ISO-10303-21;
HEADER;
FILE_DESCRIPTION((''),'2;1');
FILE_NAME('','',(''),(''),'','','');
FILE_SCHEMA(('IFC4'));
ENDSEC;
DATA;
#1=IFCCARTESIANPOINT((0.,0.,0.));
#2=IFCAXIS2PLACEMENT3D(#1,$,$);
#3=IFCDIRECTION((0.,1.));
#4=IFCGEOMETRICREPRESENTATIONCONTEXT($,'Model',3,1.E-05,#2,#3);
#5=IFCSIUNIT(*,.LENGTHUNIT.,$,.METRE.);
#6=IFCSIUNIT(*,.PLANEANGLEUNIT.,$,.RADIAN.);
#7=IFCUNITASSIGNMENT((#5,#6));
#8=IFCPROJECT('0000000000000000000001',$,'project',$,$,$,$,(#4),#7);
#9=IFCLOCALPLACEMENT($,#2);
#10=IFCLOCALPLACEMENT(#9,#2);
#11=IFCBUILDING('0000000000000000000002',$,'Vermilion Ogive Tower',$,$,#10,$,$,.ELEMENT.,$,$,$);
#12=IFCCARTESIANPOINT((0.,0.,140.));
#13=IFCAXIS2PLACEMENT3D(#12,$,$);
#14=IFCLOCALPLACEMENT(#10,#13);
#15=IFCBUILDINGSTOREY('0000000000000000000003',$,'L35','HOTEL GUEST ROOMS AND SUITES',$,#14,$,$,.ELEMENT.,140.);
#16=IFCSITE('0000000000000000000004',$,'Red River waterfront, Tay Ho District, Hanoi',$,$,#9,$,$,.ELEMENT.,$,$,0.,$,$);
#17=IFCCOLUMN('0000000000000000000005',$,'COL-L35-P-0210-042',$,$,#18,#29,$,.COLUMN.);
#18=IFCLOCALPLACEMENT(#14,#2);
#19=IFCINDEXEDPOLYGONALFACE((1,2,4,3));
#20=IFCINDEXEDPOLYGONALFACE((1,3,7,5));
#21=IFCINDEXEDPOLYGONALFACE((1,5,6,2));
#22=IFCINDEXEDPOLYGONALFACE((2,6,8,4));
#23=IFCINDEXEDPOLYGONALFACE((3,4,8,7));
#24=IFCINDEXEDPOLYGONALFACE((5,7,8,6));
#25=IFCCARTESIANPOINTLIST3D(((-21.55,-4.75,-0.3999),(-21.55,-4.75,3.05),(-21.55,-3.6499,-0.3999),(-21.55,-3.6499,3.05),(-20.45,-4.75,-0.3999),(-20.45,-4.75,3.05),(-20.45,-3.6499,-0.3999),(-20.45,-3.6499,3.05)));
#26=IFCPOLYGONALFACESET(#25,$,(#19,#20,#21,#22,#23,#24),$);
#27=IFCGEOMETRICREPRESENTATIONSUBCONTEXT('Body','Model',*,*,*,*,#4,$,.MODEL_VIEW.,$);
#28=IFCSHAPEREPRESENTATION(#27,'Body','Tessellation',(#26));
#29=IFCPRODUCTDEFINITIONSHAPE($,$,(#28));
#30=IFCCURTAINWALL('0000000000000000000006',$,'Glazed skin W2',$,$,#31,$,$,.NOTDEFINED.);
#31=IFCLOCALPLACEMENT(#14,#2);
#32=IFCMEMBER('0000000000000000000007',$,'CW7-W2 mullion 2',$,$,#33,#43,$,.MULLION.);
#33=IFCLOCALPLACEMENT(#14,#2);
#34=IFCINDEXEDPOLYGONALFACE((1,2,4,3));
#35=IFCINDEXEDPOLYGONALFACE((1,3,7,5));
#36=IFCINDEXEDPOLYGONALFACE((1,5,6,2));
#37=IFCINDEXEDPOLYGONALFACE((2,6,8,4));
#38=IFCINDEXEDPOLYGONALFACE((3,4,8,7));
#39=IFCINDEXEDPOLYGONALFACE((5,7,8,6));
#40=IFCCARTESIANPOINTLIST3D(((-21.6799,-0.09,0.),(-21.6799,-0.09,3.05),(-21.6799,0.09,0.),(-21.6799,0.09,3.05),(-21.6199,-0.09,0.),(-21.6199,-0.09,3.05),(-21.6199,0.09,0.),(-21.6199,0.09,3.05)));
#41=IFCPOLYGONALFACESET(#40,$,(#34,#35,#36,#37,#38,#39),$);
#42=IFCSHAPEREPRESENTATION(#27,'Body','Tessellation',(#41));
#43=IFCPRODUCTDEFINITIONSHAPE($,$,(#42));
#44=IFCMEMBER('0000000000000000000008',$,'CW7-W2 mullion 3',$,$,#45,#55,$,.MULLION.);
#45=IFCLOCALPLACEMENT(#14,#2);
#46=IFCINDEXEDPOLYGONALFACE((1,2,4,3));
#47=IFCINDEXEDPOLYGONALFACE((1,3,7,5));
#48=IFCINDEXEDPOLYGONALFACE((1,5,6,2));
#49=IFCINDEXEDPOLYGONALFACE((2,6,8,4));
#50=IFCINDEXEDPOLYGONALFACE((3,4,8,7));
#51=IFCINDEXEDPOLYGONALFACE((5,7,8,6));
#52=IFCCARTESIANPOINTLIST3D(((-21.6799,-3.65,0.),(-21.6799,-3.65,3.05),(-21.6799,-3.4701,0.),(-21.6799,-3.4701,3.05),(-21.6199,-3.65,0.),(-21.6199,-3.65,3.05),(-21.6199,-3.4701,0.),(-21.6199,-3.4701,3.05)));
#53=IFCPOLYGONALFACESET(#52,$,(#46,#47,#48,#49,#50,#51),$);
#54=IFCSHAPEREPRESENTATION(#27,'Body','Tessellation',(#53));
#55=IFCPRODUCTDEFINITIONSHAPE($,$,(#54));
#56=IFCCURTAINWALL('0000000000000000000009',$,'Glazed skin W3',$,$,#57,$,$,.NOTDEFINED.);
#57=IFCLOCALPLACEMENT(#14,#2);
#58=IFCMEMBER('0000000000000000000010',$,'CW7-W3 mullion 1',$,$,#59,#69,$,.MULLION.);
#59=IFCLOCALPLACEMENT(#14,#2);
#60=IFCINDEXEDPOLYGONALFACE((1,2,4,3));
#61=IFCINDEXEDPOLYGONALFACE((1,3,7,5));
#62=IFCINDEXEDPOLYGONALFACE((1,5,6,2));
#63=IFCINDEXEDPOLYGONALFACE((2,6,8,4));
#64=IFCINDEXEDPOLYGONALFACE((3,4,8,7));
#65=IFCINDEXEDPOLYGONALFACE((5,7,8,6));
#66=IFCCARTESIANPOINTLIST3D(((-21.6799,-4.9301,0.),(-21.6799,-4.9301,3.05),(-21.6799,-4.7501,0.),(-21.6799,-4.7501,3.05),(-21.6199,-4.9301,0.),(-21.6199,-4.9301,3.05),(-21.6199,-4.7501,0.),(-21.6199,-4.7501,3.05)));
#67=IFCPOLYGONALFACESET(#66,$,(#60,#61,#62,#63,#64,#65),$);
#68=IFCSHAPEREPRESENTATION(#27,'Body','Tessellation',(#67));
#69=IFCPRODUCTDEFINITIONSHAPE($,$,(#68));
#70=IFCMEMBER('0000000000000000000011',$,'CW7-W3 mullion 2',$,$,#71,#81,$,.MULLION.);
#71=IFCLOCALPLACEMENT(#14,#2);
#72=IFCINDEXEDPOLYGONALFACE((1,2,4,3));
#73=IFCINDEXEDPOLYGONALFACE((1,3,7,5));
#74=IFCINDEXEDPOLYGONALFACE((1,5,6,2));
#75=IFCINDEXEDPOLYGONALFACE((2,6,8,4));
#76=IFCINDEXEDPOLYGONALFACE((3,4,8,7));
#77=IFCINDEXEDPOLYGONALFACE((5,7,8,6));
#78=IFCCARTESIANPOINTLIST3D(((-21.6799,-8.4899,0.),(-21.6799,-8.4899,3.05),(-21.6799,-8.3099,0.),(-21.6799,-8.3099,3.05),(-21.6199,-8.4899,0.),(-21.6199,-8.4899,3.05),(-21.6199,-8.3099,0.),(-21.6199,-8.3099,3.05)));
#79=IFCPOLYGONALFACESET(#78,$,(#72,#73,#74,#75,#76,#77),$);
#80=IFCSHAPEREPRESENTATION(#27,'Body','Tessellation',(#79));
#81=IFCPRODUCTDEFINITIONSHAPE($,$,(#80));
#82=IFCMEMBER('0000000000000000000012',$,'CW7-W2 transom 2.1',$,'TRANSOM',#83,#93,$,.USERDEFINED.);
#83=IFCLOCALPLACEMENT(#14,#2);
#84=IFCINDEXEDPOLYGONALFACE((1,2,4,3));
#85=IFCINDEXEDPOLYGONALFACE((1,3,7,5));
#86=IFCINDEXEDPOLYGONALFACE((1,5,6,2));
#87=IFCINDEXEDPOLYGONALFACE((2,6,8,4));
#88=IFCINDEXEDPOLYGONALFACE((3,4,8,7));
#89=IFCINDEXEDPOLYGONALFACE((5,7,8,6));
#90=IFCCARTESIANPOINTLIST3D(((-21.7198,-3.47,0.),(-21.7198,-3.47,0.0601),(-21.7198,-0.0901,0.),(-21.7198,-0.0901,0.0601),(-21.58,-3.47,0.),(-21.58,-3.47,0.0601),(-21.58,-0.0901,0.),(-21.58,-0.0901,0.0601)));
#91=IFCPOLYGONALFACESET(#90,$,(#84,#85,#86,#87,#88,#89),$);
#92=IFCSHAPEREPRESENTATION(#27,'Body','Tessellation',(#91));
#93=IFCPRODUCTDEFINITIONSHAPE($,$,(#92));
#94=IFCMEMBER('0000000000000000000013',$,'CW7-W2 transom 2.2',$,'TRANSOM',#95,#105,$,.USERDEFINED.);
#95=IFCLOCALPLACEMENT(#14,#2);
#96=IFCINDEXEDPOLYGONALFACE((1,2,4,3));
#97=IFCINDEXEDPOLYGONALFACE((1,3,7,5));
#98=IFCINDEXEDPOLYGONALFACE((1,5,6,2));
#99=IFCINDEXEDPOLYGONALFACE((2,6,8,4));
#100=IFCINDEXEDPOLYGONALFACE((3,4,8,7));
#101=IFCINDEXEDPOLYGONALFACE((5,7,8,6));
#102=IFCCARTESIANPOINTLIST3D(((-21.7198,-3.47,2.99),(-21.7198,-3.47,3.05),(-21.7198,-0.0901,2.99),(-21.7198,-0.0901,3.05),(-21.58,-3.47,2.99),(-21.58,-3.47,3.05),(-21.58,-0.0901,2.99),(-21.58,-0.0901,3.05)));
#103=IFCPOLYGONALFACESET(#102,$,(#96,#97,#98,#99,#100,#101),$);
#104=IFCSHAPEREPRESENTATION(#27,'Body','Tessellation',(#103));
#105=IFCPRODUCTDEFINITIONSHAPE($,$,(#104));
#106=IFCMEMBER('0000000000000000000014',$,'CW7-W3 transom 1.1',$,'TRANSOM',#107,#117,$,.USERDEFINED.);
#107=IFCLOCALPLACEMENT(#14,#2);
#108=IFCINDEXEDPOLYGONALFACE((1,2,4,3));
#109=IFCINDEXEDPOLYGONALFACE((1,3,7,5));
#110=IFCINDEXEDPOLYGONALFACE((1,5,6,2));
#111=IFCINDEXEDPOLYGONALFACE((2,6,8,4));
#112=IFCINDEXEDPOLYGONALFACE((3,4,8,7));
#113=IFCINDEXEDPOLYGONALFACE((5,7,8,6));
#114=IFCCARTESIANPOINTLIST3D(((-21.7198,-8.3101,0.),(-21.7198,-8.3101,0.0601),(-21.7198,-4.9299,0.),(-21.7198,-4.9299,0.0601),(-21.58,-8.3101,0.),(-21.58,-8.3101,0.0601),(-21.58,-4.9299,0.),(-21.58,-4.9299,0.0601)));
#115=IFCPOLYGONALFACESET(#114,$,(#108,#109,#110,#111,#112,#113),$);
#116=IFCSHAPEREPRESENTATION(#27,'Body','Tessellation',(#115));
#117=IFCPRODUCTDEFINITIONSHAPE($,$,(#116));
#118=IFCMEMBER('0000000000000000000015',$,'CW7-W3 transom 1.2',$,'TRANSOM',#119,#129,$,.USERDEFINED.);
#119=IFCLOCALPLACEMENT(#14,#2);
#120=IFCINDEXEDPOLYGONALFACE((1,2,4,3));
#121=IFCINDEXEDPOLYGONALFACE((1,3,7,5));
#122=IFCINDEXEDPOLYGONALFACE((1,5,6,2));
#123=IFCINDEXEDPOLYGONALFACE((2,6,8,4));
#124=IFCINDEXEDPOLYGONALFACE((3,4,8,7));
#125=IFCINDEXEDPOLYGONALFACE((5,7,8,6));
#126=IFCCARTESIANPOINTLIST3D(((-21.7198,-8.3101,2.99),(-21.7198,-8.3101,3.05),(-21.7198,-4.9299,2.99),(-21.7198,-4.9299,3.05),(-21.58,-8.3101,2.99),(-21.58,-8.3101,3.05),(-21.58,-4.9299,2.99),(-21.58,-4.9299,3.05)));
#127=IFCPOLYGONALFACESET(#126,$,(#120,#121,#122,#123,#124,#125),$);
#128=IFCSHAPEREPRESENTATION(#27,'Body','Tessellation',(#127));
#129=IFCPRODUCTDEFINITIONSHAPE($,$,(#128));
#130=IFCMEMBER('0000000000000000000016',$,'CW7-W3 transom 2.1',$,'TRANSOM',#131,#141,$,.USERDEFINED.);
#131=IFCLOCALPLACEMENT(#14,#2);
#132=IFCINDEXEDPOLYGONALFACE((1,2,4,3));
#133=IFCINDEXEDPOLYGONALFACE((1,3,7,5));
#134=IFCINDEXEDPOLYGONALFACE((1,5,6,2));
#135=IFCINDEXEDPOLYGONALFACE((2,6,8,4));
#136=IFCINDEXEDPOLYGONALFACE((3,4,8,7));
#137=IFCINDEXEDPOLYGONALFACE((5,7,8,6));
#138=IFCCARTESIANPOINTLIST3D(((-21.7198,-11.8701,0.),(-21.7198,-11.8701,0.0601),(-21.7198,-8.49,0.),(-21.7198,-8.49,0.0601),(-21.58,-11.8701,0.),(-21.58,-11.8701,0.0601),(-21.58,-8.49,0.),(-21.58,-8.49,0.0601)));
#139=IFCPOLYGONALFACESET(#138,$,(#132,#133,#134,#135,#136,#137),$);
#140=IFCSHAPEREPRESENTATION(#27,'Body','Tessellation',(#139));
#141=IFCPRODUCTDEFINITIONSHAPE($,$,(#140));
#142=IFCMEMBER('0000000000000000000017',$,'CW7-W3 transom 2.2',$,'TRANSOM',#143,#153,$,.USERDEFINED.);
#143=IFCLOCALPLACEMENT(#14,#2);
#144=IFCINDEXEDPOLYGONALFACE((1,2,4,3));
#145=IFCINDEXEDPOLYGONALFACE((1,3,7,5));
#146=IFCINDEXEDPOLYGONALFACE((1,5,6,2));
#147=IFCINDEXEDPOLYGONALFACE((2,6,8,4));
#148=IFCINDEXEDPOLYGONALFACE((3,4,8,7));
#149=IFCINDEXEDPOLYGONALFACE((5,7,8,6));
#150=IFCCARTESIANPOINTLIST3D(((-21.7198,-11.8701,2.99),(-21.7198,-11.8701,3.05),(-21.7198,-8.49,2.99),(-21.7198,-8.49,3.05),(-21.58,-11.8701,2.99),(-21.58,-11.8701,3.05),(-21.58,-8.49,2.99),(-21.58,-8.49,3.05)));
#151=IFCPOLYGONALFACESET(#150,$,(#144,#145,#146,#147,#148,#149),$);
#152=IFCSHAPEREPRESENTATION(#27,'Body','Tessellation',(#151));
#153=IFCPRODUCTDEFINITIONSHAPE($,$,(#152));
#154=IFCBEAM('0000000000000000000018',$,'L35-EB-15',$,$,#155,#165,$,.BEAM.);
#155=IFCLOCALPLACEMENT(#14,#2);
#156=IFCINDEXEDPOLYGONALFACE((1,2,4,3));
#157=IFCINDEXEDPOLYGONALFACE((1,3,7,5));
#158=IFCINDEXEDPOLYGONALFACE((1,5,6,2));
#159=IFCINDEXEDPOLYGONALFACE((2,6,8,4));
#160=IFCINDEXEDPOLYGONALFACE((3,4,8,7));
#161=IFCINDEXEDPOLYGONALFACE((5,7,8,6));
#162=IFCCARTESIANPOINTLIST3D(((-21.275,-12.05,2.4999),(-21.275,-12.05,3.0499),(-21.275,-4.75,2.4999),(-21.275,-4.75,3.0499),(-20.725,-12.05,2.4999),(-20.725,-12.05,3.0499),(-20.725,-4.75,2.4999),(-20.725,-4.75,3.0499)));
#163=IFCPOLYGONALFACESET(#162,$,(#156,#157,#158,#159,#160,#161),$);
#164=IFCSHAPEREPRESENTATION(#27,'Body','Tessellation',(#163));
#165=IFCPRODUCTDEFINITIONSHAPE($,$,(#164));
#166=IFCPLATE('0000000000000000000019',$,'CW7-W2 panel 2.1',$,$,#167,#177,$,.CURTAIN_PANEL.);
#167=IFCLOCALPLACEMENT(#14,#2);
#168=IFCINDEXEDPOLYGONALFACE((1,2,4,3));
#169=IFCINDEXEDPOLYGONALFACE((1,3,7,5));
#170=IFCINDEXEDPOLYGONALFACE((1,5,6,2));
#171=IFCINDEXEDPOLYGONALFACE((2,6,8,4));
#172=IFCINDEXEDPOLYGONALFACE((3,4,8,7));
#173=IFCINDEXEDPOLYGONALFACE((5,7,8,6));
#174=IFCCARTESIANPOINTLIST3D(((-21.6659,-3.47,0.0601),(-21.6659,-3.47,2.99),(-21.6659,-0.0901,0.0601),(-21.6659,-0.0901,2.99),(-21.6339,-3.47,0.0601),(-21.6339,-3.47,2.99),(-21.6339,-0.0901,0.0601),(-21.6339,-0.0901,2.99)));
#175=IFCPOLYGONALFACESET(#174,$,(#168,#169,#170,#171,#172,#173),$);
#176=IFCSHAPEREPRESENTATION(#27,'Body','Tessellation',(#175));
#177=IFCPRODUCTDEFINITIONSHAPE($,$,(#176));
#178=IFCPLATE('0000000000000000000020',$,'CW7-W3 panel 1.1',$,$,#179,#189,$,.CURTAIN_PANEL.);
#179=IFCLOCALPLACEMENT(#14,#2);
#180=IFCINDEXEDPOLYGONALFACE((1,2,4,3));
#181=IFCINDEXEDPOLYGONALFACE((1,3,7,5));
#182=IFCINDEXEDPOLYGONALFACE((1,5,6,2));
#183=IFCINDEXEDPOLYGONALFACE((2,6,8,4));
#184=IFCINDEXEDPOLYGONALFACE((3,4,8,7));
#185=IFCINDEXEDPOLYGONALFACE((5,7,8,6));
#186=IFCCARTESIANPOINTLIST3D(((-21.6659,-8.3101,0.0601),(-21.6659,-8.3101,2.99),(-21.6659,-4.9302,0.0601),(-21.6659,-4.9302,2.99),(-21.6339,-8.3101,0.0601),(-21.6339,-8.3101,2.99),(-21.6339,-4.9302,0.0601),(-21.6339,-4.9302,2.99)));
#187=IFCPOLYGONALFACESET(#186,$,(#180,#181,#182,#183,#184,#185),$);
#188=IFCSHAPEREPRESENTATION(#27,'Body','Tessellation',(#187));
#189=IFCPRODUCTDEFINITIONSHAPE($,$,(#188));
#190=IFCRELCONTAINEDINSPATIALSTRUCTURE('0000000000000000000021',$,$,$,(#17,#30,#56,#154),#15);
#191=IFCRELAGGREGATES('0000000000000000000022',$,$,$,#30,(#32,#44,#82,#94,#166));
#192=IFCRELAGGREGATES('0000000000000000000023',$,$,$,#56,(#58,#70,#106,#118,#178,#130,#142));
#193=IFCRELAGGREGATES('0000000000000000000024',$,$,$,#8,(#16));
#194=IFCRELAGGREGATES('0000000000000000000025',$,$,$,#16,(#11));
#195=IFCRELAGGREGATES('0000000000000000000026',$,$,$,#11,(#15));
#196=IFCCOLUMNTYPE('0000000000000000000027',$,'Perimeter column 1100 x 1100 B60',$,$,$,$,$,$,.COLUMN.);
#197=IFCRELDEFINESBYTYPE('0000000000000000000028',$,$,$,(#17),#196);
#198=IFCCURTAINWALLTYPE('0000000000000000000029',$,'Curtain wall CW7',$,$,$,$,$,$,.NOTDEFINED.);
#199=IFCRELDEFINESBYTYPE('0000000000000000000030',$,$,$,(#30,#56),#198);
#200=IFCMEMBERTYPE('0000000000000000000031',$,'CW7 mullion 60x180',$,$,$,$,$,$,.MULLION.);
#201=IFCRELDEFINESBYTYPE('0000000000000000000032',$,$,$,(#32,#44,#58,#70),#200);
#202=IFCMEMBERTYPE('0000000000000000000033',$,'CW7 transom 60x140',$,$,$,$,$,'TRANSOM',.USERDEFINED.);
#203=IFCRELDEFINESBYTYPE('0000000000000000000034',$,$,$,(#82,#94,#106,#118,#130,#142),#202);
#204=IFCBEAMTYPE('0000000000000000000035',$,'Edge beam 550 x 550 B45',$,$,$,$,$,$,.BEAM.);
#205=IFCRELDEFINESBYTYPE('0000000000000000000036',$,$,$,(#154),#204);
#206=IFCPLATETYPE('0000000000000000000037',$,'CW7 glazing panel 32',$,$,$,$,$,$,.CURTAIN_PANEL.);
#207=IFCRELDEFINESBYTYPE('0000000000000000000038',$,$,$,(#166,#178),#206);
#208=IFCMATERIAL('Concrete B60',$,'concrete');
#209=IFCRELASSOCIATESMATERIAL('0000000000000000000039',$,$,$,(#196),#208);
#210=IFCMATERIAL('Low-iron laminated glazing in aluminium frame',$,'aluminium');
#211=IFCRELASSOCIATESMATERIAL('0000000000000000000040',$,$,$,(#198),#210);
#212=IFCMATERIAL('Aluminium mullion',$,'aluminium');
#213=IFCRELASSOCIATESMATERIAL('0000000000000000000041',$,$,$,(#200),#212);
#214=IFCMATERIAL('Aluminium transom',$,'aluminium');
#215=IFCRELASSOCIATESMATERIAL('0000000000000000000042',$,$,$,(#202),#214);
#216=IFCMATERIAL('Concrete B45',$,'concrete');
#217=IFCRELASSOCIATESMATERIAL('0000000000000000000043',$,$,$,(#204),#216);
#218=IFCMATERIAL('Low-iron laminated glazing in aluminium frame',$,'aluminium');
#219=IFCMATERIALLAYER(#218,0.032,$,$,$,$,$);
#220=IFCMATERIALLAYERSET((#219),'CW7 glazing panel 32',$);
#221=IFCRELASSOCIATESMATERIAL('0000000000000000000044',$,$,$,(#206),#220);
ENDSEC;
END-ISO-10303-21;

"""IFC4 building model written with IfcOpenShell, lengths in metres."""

from ifc_helpers import new_model, si_unit, direction, frame, origin, origin_2d, place, context, subcontext, project, spatial, rectangle, extrude, material, layer, layer_set, material_profile, profile_set, type_object, element, aggregate, save


model = new_model("IFC4")

# Units and contexts
model_context = context("Model", 3, precision=1e-05, world=origin(), true_north=direction((0.0, 1.0)))
body_context = subcontext(model_context, "Body", "Model", "MODEL_VIEW")
ifc_project = project(units=[si_unit("LENGTHUNIT", "METRE"), si_unit("PLANEANGLEUNIT", "RADIAN")], contexts=[model_context])

# Site, building, storey
site_placement = place(None, origin())
site = spatial("IfcSite", under=ifc_project, at=site_placement, Name="Red River waterfront, Tay Ho District, Hanoi", CompositionType="ELEMENT", RefElevation=0.0)
building_placement = place(site_placement, origin())
building = spatial("IfcBuilding", under=site, at=building_placement, Name="Vermilion Ogive Tower", CompositionType="ELEMENT")
storey_placement = place(building_placement, frame((0.0, 0.0, 140.0)))
storey = spatial("IfcBuildingStorey", under=building, at=storey_placement, Name="L35", Description="HOTEL GUEST ROOMS AND SUITES", CompositionType="ELEMENT", Elevation=140.0)

# Column
ifc_material_1 = material(Name="Concrete B60", Category="concrete")
ifc_material_profile_1 = material_profile(ifc_material_1, rectangle(XDim=1.1001, YDim=1.1001, at=origin_2d()), Name="1100 x 1100")
ifc_profile_set_1 = profile_set([ifc_material_profile_1], Name="Concrete B60")
column_type = type_object("IfcColumnType", Name="Perimeter column 1100 x 1100 B60", PredefinedType="COLUMN", material=ifc_profile_set_1)
column_placement = place(storey_placement, frame((-21.0, -4.2, -0.3999), z_axis=(0.0, 0.0, 1.0), x_axis=(1.0, 0.0, 0.0)))
element("IfcColumn", 1, at=column_placement, inside=storey, type_object=column_type, Name="COL-L35-P-0210-042", PredefinedType="COLUMN", context=body_context, shape_type="SweptSolid", body=[
    extrude(rectangle(XDim=1.1001, YDim=1.1001, at=origin_2d()), origin(), (0.0, 0.0, 1.0), 3.45),
])

# Curtain walls, members
ifc_material_2 = material(Name="Low-iron laminated glazing in aluminium frame", Category="aluminium")
curtain_wall_type = type_object("IfcCurtainWallType", Name="Curtain wall CW7", PredefinedType="NOTDEFINED", material=ifc_material_2)
curtain_wall_1_placement = place(storey_placement, origin())
curtain_wall_1 = element("IfcCurtainWall", 2, at=curtain_wall_1_placement, inside=storey, type_object=curtain_wall_type, Name="Glazed skin W2", PredefinedType="NOTDEFINED")
ifc_material_3 = material(Name="Aluminium mullion", Category="aluminium")
ifc_material_profile_2 = material_profile(ifc_material_3, rectangle(XDim=0.0601, YDim=0.1799, at=origin_2d()), Name="AL 60x180")
ifc_profile_set_2 = profile_set([ifc_material_profile_2], Name="Aluminium mullion")
member_type_1 = type_object("IfcMemberType", Name="CW7 mullion 60x180", PredefinedType="MULLION", material=ifc_profile_set_2)
member_1_placement = place(storey_placement, frame((-21.6499, 0.0, 0.0), z_axis=(0.0, 0.0, 1.0), x_axis=(1.0, 0.0, 0.0)))
member_1 = element("IfcMember", 3, at=member_1_placement, type_object=member_type_1, Name="CW7-W2 mullion 2", PredefinedType="MULLION", context=body_context, shape_type="SweptSolid", body=[
    extrude(rectangle(XDim=0.0601, YDim=0.1799, at=origin_2d()), origin(), (0.0, 0.0, 1.0), 3.05),
])
member_2_placement = place(storey_placement, frame((-21.6499, -3.5601, 0.0), z_axis=(0.0, 0.0, 1.0), x_axis=(1.0, 0.0, 0.0)))
member_2 = element("IfcMember", 4, at=member_2_placement, type_object=member_type_1, Name="CW7-W2 mullion 3", PredefinedType="MULLION", context=body_context, shape_type="SweptSolid", body=[
    extrude(rectangle(XDim=0.0601, YDim=0.1799, at=origin_2d()), origin(), (0.0, 0.0, 1.0), 3.05),
])
curtain_wall_2_placement = place(storey_placement, origin())
curtain_wall_2 = element("IfcCurtainWall", 5, at=curtain_wall_2_placement, inside=storey, type_object=curtain_wall_type, Name="Glazed skin W3", PredefinedType="NOTDEFINED")
member_3_placement = place(storey_placement, frame((-21.6499, -4.8401, 0.0), z_axis=(0.0, 0.0, 1.0), x_axis=(1.0, 0.0, 0.0)))
member_3 = element("IfcMember", 6, at=member_3_placement, type_object=member_type_1, Name="CW7-W3 mullion 1", PredefinedType="MULLION", context=body_context, shape_type="SweptSolid", body=[
    extrude(rectangle(XDim=0.0601, YDim=0.1799, at=origin_2d()), origin(), (0.0, 0.0, 1.0), 3.05),
])
member_4_placement = place(storey_placement, frame((-21.6499, -8.3999, 0.0), z_axis=(0.0, 0.0, 1.0), x_axis=(1.0, 0.0, 0.0)))
member_4 = element("IfcMember", 7, at=member_4_placement, type_object=member_type_1, Name="CW7-W3 mullion 2", PredefinedType="MULLION", context=body_context, shape_type="SweptSolid", body=[
    extrude(rectangle(XDim=0.0601, YDim=0.1799, at=origin_2d()), origin(), (0.0, 0.0, 1.0), 3.05),
])

# Members
ifc_material_4 = material(Name="Aluminium transom", Category="aluminium")
ifc_material_profile_3 = material_profile(ifc_material_4, rectangle(XDim=0.1399, YDim=0.0601, at=origin_2d()), Name="AL 60x140")
ifc_profile_set_3 = profile_set([ifc_material_profile_3], Name="Aluminium transom")
member_type_2 = type_object("IfcMemberType", Name="CW7 transom 60x140", ElementType="TRANSOM", PredefinedType="USERDEFINED", material=ifc_profile_set_3)
member_5_placement = place(storey_placement, frame((-21.6499, -0.0901, 0.03), z_axis=(0.0, -1.0, 0.0), x_axis=(1.0, 0.0, 0.0)))
member_5 = element("IfcMember", 8, at=member_5_placement, type_object=member_type_2, Name="CW7-W2 transom 2.1", ObjectType="TRANSOM", PredefinedType="USERDEFINED", context=body_context, shape_type="SweptSolid", body=[
    extrude(rectangle(XDim=0.1399, YDim=0.0601, at=origin_2d()), origin(), (0.0, 0.0, 1.0), 3.3799),
])
member_6_placement = place(storey_placement, frame((-21.6499, -0.0901, 3.02), z_axis=(0.0, -1.0, 0.0), x_axis=(1.0, 0.0, 0.0)))
member_6 = element("IfcMember", 9, at=member_6_placement, type_object=member_type_2, Name="CW7-W2 transom 2.2", ObjectType="TRANSOM", PredefinedType="USERDEFINED", context=body_context, shape_type="SweptSolid", body=[
    extrude(rectangle(XDim=0.1399, YDim=0.0601, at=origin_2d()), origin(), (0.0, 0.0, 1.0), 3.3799),
])
member_7_placement = place(storey_placement, frame((-21.6499, -4.9299, 0.03), z_axis=(0.0, -1.0, 0.0), x_axis=(1.0, 0.0, 0.0)))
member_7 = element("IfcMember", 10, at=member_7_placement, type_object=member_type_2, Name="CW7-W3 transom 1.1", ObjectType="TRANSOM", PredefinedType="USERDEFINED", context=body_context, shape_type="SweptSolid", body=[
    extrude(rectangle(XDim=0.1399, YDim=0.0601, at=origin_2d()), origin(), (0.0, 0.0, 1.0), 3.3801),
])
member_8_placement = place(storey_placement, frame((-21.6499, -4.9299, 3.02), z_axis=(0.0, -1.0, 0.0), x_axis=(1.0, 0.0, 0.0)))
member_8 = element("IfcMember", 11, at=member_8_placement, type_object=member_type_2, Name="CW7-W3 transom 1.2", ObjectType="TRANSOM", PredefinedType="USERDEFINED", context=body_context, shape_type="SweptSolid", body=[
    extrude(rectangle(XDim=0.1399, YDim=0.0601, at=origin_2d()), origin(), (0.0, 0.0, 1.0), 3.3801),
])
member_9_placement = place(storey_placement, frame((-21.6499, -8.49, 0.03), z_axis=(0.0, -1.0, 0.0), x_axis=(1.0, 0.0, 0.0)))
member_9 = element("IfcMember", 12, at=member_9_placement, type_object=member_type_2, Name="CW7-W3 transom 2.1", ObjectType="TRANSOM", PredefinedType="USERDEFINED", context=body_context, shape_type="SweptSolid", body=[
    extrude(rectangle(XDim=0.1399, YDim=0.0601, at=origin_2d()), origin(), (0.0, 0.0, 1.0), 3.3801),
])
member_10_placement = place(storey_placement, frame((-21.6499, -8.49, 3.02), z_axis=(0.0, -1.0, 0.0), x_axis=(1.0, 0.0, 0.0)))
member_10 = element("IfcMember", 13, at=member_10_placement, type_object=member_type_2, Name="CW7-W3 transom 2.2", ObjectType="TRANSOM", PredefinedType="USERDEFINED", context=body_context, shape_type="SweptSolid", body=[
    extrude(rectangle(XDim=0.1399, YDim=0.0601, at=origin_2d()), origin(), (0.0, 0.0, 1.0), 3.3801),
])

# Beam
ifc_material_5 = material(Name="Concrete B45", Category="concrete")
ifc_material_profile_4 = material_profile(ifc_material_5, rectangle(XDim=0.55, YDim=0.55, at=origin_2d()), Name="550 x 550")
ifc_profile_set_4 = profile_set([ifc_material_profile_4], Name="Concrete B45")
beam_type = type_object("IfcBeamType", Name="Edge beam 550 x 550 B45", PredefinedType="BEAM", material=ifc_profile_set_4)
beam_placement = place(storey_placement, frame((-21.0, -4.75, 2.7749), z_axis=(0.0, -1.0, 0.0), x_axis=(1.0, 0.0, 0.0)))
element("IfcBeam", 14, at=beam_placement, inside=storey, type_object=beam_type, Name="L35-EB-15", PredefinedType="BEAM", context=body_context, shape_type="SweptSolid", body=[
    extrude(rectangle(XDim=0.55, YDim=0.55, at=origin_2d()), origin(), (0.0, 0.0, 1.0), 7.3),
])

# Plates
ifc_material_6 = material(Name="Low-iron laminated glazing in aluminium frame", Category="aluminium")
ifc_layer_1 = layer(ifc_material_6, 0.032)
ifc_layer_set_1 = layer_set([ifc_layer_1], Name="CW7 glazing panel 32")
plate_type = type_object("IfcPlateType", Name="CW7 glazing panel 32", PredefinedType="CURTAIN_PANEL", material=ifc_layer_set_1)
plate_1_placement = place(storey_placement, frame((-21.6499, -1.78, 0.0601), z_axis=(0.0, 0.0, 1.0), x_axis=(0.0, -1.0, 0.0)))
plate_1 = element("IfcPlate", 15, at=plate_1_placement, type_object=plate_type, Name="CW7-W2 panel 2.1", PredefinedType="CURTAIN_PANEL", context=body_context, shape_type="SweptSolid", body=[
    extrude(rectangle(XDim=3.3799, YDim=0.032, at=origin_2d()), origin(), (0.0, 0.0, 1.0), 2.9299),
])
aggregate(curtain_wall_1, [member_1, member_2, member_5, member_6, plate_1])
plate_2_placement = place(storey_placement, frame((-21.6499, -6.6201, 0.0601), z_axis=(0.0, 0.0, 1.0), x_axis=(0.0, -1.0, 0.0)))
plate_2 = element("IfcPlate", 16, at=plate_2_placement, type_object=plate_type, Name="CW7-W3 panel 1.1", PredefinedType="CURTAIN_PANEL", context=body_context, shape_type="SweptSolid", body=[
    extrude(rectangle(XDim=3.3799, YDim=0.032, at=origin_2d()), origin(), (0.0, 0.0, 1.0), 2.9299),
])
aggregate(curtain_wall_2, [member_3, member_4, member_7, member_8, plate_2, member_9, member_10])

save(model, "model.ifc")
